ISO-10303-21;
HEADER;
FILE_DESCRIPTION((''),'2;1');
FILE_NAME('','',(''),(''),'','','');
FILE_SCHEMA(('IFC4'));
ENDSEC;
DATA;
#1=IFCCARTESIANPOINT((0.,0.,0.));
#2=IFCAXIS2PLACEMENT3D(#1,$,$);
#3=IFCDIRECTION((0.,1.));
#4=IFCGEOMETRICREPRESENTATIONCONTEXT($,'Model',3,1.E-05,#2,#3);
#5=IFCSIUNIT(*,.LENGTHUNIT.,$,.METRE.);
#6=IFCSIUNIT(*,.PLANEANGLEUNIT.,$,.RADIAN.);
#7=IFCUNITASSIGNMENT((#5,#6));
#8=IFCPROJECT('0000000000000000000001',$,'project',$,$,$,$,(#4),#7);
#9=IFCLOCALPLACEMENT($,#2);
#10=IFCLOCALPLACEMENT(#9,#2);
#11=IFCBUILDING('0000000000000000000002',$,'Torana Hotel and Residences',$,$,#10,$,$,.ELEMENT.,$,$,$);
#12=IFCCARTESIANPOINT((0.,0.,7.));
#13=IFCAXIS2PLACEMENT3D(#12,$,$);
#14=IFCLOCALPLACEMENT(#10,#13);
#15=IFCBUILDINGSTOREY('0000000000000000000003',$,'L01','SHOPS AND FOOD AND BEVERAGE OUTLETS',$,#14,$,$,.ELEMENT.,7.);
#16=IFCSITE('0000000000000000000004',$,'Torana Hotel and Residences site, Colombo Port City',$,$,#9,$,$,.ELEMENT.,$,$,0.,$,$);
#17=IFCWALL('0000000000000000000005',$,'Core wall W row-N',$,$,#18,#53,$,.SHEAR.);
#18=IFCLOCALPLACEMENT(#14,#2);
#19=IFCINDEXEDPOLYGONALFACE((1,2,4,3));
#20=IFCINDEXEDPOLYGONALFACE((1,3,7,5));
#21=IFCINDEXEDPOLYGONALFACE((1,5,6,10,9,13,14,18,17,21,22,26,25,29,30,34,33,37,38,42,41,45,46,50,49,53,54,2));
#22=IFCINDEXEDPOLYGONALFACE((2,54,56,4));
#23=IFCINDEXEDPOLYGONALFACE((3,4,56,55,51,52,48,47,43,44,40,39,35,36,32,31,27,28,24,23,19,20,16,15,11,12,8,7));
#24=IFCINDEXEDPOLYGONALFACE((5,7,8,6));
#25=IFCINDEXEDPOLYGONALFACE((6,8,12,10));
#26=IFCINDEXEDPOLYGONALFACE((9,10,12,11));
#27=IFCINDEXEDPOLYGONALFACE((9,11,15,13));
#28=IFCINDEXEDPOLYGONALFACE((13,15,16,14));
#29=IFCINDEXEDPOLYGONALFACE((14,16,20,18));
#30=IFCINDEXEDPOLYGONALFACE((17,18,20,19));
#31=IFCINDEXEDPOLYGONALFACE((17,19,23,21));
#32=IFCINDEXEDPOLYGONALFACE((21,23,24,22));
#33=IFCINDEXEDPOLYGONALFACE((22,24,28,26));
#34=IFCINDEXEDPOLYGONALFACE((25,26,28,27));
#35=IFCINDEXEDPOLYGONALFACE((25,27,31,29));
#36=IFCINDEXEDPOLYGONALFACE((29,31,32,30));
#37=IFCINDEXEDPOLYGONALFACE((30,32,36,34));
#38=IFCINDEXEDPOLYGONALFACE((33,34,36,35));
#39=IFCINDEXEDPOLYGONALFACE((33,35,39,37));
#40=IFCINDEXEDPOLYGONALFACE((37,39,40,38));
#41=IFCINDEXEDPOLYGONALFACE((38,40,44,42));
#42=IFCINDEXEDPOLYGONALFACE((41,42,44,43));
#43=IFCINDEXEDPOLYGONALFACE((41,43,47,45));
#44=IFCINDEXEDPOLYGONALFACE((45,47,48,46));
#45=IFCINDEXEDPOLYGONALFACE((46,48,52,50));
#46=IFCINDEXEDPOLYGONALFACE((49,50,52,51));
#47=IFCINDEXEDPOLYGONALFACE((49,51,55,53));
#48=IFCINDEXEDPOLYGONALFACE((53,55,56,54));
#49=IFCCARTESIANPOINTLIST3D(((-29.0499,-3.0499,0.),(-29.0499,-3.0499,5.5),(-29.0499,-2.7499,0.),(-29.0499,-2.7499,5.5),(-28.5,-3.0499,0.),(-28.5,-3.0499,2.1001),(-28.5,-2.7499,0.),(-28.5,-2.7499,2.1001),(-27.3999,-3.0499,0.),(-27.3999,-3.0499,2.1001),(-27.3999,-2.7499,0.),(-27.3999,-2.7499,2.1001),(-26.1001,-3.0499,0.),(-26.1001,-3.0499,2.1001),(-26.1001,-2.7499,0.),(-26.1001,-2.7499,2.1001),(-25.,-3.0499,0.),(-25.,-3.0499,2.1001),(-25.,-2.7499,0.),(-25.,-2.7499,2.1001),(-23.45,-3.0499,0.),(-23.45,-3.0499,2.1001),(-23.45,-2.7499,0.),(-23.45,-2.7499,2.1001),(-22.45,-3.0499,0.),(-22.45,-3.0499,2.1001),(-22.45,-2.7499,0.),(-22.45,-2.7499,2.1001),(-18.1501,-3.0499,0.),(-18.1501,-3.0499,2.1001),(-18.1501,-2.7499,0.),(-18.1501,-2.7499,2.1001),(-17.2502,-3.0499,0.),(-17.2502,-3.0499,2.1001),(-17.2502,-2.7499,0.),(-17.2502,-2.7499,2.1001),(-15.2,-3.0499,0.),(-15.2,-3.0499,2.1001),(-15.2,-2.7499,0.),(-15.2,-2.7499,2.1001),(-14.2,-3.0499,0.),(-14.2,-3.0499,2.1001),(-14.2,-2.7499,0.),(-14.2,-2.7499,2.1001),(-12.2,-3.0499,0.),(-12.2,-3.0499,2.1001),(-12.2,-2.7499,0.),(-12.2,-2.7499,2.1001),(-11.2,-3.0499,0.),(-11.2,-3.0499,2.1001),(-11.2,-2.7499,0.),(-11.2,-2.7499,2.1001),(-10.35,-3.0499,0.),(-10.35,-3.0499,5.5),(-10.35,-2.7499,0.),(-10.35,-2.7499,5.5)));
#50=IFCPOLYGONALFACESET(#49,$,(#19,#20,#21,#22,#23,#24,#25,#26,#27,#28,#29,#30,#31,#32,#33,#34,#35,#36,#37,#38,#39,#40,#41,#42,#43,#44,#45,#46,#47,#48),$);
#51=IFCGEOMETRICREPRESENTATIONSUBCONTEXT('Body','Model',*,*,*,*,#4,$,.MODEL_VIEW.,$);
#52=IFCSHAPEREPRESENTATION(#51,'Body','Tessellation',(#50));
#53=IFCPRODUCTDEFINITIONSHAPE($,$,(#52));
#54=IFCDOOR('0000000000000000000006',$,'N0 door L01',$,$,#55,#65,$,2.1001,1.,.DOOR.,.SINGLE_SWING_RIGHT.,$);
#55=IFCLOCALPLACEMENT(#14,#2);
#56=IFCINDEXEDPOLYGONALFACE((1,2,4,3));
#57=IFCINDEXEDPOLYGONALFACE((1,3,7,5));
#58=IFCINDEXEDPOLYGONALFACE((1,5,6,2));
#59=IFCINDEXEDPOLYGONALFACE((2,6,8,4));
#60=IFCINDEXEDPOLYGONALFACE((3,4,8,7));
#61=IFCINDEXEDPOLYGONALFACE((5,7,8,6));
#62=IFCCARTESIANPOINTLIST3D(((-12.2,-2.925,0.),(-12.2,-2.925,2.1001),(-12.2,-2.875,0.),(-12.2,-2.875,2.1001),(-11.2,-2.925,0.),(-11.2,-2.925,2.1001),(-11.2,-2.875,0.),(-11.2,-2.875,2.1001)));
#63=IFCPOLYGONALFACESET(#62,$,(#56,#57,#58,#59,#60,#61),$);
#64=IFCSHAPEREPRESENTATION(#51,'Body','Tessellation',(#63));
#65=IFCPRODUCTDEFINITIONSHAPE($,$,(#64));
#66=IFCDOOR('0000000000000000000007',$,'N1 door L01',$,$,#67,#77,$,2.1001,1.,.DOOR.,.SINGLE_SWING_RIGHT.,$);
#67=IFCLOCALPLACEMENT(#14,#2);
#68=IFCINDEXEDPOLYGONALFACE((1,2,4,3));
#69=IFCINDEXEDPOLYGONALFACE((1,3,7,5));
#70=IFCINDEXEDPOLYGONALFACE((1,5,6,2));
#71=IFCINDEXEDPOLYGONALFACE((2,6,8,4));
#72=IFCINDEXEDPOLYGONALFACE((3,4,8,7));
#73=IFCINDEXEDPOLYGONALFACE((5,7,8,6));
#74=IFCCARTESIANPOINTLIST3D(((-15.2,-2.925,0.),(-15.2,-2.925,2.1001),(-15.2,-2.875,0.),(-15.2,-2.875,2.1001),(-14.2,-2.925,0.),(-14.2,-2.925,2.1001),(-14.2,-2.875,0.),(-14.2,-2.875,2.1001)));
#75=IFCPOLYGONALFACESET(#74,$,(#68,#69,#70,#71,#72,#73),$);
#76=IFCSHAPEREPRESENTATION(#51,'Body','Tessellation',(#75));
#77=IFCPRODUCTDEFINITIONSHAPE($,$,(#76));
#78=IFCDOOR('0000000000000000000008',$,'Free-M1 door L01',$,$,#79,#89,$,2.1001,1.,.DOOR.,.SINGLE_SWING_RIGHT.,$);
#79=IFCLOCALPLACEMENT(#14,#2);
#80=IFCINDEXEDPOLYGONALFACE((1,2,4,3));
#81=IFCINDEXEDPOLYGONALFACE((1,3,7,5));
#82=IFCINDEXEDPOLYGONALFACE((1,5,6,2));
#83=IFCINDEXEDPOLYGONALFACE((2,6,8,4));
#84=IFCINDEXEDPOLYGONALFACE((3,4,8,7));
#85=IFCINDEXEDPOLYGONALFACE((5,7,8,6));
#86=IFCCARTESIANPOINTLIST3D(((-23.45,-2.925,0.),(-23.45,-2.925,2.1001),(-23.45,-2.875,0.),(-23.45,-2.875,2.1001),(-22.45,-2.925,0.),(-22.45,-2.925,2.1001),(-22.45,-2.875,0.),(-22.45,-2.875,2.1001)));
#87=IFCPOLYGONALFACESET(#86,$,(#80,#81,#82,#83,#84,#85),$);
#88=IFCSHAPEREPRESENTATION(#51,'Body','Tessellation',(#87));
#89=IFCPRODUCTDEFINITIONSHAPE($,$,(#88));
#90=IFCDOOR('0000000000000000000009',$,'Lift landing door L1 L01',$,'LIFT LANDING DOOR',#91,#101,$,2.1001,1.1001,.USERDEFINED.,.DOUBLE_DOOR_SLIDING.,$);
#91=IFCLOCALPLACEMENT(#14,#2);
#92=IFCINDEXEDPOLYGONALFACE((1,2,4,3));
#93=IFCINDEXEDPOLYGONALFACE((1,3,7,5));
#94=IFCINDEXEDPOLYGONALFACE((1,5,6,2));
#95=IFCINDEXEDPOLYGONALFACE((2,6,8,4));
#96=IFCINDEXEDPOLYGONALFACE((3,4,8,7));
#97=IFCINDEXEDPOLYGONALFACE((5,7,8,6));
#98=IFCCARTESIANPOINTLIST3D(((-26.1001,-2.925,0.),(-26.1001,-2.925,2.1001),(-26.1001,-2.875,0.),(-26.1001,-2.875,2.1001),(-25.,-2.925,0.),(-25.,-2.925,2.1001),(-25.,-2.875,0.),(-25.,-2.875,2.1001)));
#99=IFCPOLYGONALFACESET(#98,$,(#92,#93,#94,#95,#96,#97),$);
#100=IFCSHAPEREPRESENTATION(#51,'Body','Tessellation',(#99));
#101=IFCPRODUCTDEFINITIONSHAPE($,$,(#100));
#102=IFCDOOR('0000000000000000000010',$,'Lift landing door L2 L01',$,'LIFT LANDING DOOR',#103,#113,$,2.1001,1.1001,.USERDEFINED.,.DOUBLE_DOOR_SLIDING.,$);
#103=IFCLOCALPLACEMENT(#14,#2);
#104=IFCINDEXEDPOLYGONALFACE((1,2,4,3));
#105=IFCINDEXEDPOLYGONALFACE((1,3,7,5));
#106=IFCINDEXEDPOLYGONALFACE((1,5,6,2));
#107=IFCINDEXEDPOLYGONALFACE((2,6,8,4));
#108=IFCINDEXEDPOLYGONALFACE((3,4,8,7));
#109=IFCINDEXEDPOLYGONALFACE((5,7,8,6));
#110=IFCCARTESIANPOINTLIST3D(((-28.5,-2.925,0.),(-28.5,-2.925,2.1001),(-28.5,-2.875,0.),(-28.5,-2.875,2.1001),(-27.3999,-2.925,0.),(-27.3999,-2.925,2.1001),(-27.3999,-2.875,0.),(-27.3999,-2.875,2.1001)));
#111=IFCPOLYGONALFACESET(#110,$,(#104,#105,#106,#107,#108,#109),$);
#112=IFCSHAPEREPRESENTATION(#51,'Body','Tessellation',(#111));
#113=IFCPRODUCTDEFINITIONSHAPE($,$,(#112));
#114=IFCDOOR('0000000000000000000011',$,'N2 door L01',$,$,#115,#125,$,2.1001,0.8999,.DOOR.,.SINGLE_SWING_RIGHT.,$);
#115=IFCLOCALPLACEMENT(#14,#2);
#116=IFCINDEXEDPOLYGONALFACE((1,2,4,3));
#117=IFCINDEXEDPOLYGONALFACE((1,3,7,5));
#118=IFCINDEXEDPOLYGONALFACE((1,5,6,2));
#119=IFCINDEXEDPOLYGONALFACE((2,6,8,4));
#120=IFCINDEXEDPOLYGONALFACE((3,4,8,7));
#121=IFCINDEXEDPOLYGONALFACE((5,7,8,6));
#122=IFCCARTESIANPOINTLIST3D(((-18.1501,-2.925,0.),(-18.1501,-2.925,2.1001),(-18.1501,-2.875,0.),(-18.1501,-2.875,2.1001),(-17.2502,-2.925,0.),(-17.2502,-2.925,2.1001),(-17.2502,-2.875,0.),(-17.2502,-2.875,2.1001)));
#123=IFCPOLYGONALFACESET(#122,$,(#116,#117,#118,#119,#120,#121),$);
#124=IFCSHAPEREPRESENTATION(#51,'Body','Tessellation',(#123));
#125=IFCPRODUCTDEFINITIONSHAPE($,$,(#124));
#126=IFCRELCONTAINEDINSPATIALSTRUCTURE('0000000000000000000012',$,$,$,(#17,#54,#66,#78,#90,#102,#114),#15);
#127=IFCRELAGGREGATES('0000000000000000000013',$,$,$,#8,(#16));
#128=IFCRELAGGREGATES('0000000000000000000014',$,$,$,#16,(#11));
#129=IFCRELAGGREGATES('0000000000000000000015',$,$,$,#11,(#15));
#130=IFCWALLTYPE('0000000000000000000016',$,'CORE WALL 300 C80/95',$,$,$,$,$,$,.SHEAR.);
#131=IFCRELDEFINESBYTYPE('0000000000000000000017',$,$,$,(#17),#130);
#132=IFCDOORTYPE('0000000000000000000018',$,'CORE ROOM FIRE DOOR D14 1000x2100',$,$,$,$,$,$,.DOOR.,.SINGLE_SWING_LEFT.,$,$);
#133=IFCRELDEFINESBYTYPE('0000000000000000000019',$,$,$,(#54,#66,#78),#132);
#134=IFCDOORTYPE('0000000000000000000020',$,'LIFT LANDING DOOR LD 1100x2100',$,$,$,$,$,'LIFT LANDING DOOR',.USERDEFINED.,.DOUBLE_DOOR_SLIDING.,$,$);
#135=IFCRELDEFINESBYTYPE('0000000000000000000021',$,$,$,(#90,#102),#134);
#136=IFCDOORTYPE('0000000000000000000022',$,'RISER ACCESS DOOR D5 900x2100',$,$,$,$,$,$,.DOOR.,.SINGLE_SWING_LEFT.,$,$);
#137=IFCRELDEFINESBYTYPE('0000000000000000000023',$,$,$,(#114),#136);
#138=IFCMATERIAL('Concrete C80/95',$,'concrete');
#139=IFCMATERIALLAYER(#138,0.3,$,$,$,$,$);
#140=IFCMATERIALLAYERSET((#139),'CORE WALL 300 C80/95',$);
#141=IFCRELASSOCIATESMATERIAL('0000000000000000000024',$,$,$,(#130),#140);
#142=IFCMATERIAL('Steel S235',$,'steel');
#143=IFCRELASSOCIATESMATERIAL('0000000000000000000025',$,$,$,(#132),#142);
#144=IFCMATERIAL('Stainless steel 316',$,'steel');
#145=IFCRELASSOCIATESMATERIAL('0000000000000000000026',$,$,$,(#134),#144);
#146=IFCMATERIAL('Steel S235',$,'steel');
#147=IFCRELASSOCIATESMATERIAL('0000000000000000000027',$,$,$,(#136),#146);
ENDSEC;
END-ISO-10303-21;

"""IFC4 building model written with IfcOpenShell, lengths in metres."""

from ifc_helpers import new_model, si_unit, direction, frame, frame_2d, origin, place, context, subcontext, project, spatial, rectangle, extrude, material, layer, layer_set, type_object, element, fill, save


model = new_model("IFC4")

# Units and contexts
model_context = context("Model", 3, precision=1e-05, world=origin(), true_north=direction((0.0, 1.0)))
body_context = subcontext(model_context, "Body", "Model", "MODEL_VIEW")
ifc_project = project(units=[si_unit("LENGTHUNIT", "METRE"), si_unit("PLANEANGLEUNIT", "RADIAN")], contexts=[model_context])

# Site, building, storey
site_placement = place(None, origin())
site = spatial("IfcSite", under=ifc_project, at=site_placement, Name="Torana Hotel and Residences site, Colombo Port City", CompositionType="ELEMENT", RefElevation=0.0)
building_placement = place(site_placement, origin())
building = spatial("IfcBuilding", under=site, at=building_placement, Name="Torana Hotel and Residences", CompositionType="ELEMENT")
storey_placement = place(building_placement, frame((0.0, 0.0, 7.0)))
storey = spatial("IfcBuildingStorey", under=building, at=storey_placement, Name="L01", Description="SHOPS AND FOOD AND BEVERAGE OUTLETS", CompositionType="ELEMENT", Elevation=7.0)

# Wall, openings, doors
ifc_material_1 = material(Name="Concrete C80/95", Category="concrete")
ifc_layer_1 = layer(ifc_material_1, 0.3)
ifc_layer_set_1 = layer_set([ifc_layer_1], Name="CORE WALL 300 C80/95")
wall_type_1 = type_object("IfcWallType", Name="CORE WALL 300 C80/95", PredefinedType="SHEAR", material=ifc_layer_set_1)
wall_1_placement = place(storey_placement, frame((-29.05, -2.8999, 0.0), z_axis=(0.0, 0.0, 1.0), x_axis=(1.0, 0.0, 0.0)))
wall_1 = element("IfcWall", 1, at=wall_1_placement, inside=storey, type_object=wall_type_1, Name="Core wall W row-N", PredefinedType="SHEAR", context=body_context, shape_type="SweptSolid", body=[
    extrude(rectangle(XDim=18.7, YDim=0.3, at=frame_2d((9.3501, 0.0))), origin(), (0.0, 0.0, 1.0), 5.5),
])
opening_1_placement = place(wall_1_placement, frame((2.95, 0.0, 0.0)))
opening_1 = element("IfcOpeningElement", 2, at=opening_1_placement, cuts=wall_1, PredefinedType="OPENING", context=body_context, shape_type="SweptSolid", body=[
    extrude(rectangle(XDim=1.1001, YDim=2.1001, at=frame_2d((0.55, 1.05))), frame((0.0, 0.1599, 0.0), z_axis=(0.0, -1.0, 0.0), x_axis=(1.0, 0.0, 0.0)), (0.0, 0.0, 1.0), 0.3201),
])
opening_2_placement = place(wall_1_placement, frame((0.55, 0.0, 0.0)))
opening_2 = element("IfcOpeningElement", 3, at=opening_2_placement, cuts=wall_1, PredefinedType="OPENING", context=body_context, shape_type="SweptSolid", body=[
    extrude(rectangle(XDim=1.1001, YDim=2.1001, at=frame_2d((0.55, 1.05))), frame((0.0, 0.1599, 0.0), z_axis=(0.0, -1.0, 0.0), x_axis=(1.0, 0.0, 0.0)), (0.0, 0.0, 1.0), 0.3201),
])
opening_3_placement = place(wall_1_placement, frame((10.8999, 0.0, 0.0)))
opening_3 = element("IfcOpeningElement", 4, at=opening_3_placement, cuts=wall_1, PredefinedType="OPENING", context=body_context, shape_type="SweptSolid", body=[
    extrude(rectangle(XDim=0.8999, YDim=2.1001, at=frame_2d((0.45, 1.05))), frame((0.0, 0.1599, 0.0), z_axis=(0.0, -1.0, 0.0), x_axis=(1.0, 0.0, 0.0)), (0.0, 0.0, 1.0), 0.3201),
])
opening_4_placement = place(wall_1_placement, frame((16.8501, 0.0, 0.0)))
opening_4 = element("IfcOpeningElement", 5, at=opening_4_placement, cuts=wall_1, PredefinedType="OPENING", context=body_context, shape_type="SweptSolid", body=[
    extrude(rectangle(XDim=1.0, YDim=2.1001, at=frame_2d((0.5, 1.05))), frame((0.0, 0.1599, 0.0), z_axis=(0.0, -1.0, 0.0), x_axis=(1.0, 0.0, 0.0)), (0.0, 0.0, 1.0), 0.3201),
])
opening_5_placement = place(wall_1_placement, frame((13.8501, 0.0, 0.0)))
opening_5 = element("IfcOpeningElement", 6, at=opening_5_placement, cuts=wall_1, PredefinedType="OPENING", context=body_context, shape_type="SweptSolid", body=[
    extrude(rectangle(XDim=1.0, YDim=2.1001, at=frame_2d((0.5, 1.05))), frame((0.0, 0.1599, 0.0), z_axis=(0.0, -1.0, 0.0), x_axis=(1.0, 0.0, 0.0)), (0.0, 0.0, 1.0), 0.3201),
])
opening_6_placement = place(wall_1_placement, frame((5.6001, 0.0, 0.0)))
opening_6 = element("IfcOpeningElement", 7, at=opening_6_placement, cuts=wall_1, PredefinedType="OPENING", context=body_context, shape_type="SweptSolid", body=[
    extrude(rectangle(XDim=1.0, YDim=2.1001, at=frame_2d((0.5, 1.05))), frame((0.0, 0.1599, 0.0), z_axis=(0.0, -1.0, 0.0), x_axis=(1.0, 0.0, 0.0)), (0.0, 0.0, 1.0), 0.3201),
])
ifc_material_2 = material(Name="Steel S235", Category="steel")
door_type_1 = type_object("IfcDoorType", Name="CORE ROOM FIRE DOOR D14 1000x2100", OperationType="SINGLE_SWING_LEFT", PredefinedType="DOOR", material=ifc_material_2)
door_1_placement = place(opening_4_placement, origin())
door_1 = element("IfcDoor", 8, at=door_1_placement, inside=storey, type_object=door_type_1, Name="N0 door L01", OperationType="SINGLE_SWING_RIGHT", OverallHeight=2.1001, OverallWidth=1.0, PredefinedType="DOOR", context=body_context, shape_type="SweptSolid", body=[
    extrude(rectangle(XDim=1.0, YDim=2.1001, at=frame_2d((0.5, 1.05))), frame((0.0, 0.0249, 0.0), z_axis=(0.0, -1.0, 0.0), x_axis=(1.0, 0.0, 0.0)), (0.0, 0.0, 1.0), 0.05),
])
fill(opening_4, door_1)
door_2_placement = place(opening_5_placement, origin())
door_2 = element("IfcDoor", 9, at=door_2_placement, inside=storey, type_object=door_type_1, Name="N1 door L01", OperationType="SINGLE_SWING_RIGHT", OverallHeight=2.1001, OverallWidth=1.0, PredefinedType="DOOR", context=body_context, shape_type="SweptSolid", body=[
    extrude(rectangle(XDim=1.0, YDim=2.1001, at=frame_2d((0.5, 1.05))), frame((0.0, 0.0249, 0.0), z_axis=(0.0, -1.0, 0.0), x_axis=(1.0, 0.0, 0.0)), (0.0, 0.0, 1.0), 0.05),
])
fill(opening_5, door_2)
door_3_placement = place(opening_6_placement, origin())
door_3 = element("IfcDoor", 10, at=door_3_placement, inside=storey, type_object=door_type_1, Name="Free-M1 door L01", OperationType="SINGLE_SWING_RIGHT", OverallHeight=2.1001, OverallWidth=1.0, PredefinedType="DOOR", context=body_context, shape_type="SweptSolid", body=[
    extrude(rectangle(XDim=1.0, YDim=2.1001, at=frame_2d((0.5, 1.05))), frame((0.0, 0.0249, 0.0), z_axis=(0.0, -1.0, 0.0), x_axis=(1.0, 0.0, 0.0)), (0.0, 0.0, 1.0), 0.05),
])
fill(opening_6, door_3)
ifc_material_3 = material(Name="Stainless steel 316", Category="steel")
door_type_2 = type_object("IfcDoorType", Name="LIFT LANDING DOOR LD 1100x2100", ElementType="LIFT LANDING DOOR", OperationType="DOUBLE_DOOR_SLIDING", PredefinedType="USERDEFINED", material=ifc_material_3)
door_4_placement = place(opening_1_placement, origin())
door_4 = element("IfcDoor", 11, at=door_4_placement, inside=storey, type_object=door_type_2, Name="Lift landing door L1 L01", ObjectType="LIFT LANDING DOOR", OperationType="DOUBLE_DOOR_SLIDING", OverallHeight=2.1001, OverallWidth=1.1001, PredefinedType="USERDEFINED", context=body_context, shape_type="SweptSolid", body=[
    extrude(rectangle(XDim=1.1001, YDim=2.1001, at=frame_2d((0.55, 1.05))), frame((0.0, 0.0249, 0.0), z_axis=(0.0, -1.0, 0.0), x_axis=(1.0, 0.0, 0.0)), (0.0, 0.0, 1.0), 0.05),
])
fill(opening_1, door_4)
door_5_placement = place(opening_2_placement, origin())
door_5 = element("IfcDoor", 12, at=door_5_placement, inside=storey, type_object=door_type_2, Name="Lift landing door L2 L01", ObjectType="LIFT LANDING DOOR", OperationType="DOUBLE_DOOR_SLIDING", OverallHeight=2.1001, OverallWidth=1.1001, PredefinedType="USERDEFINED", context=body_context, shape_type="SweptSolid", body=[
    extrude(rectangle(XDim=1.1001, YDim=2.1001, at=frame_2d((0.55, 1.05))), frame((0.0, 0.0249, 0.0), z_axis=(0.0, -1.0, 0.0), x_axis=(1.0, 0.0, 0.0)), (0.0, 0.0, 1.0), 0.05),
])
fill(opening_2, door_5)
ifc_material_4 = material(Name="Steel S235", Category="steel")
door_type_3 = type_object("IfcDoorType", Name="RISER ACCESS DOOR D5 900x2100", OperationType="SINGLE_SWING_LEFT", PredefinedType="DOOR", material=ifc_material_4)
door_6_placement = place(opening_3_placement, origin())
door_6 = element("IfcDoor", 13, at=door_6_placement, inside=storey, type_object=door_type_3, Name="N2 door L01", OperationType="SINGLE_SWING_RIGHT", OverallHeight=2.1001, OverallWidth=0.8999, PredefinedType="DOOR", context=body_context, shape_type="SweptSolid", body=[
    extrude(rectangle(XDim=0.8999, YDim=2.1001, at=frame_2d((0.45, 1.05))), frame((0.0, 0.0249, 0.0), z_axis=(0.0, -1.0, 0.0), x_axis=(1.0, 0.0, 0.0)), (0.0, 0.0, 1.0), 0.05),
])
fill(opening_3, door_6)

save(model, "model.ifc")
